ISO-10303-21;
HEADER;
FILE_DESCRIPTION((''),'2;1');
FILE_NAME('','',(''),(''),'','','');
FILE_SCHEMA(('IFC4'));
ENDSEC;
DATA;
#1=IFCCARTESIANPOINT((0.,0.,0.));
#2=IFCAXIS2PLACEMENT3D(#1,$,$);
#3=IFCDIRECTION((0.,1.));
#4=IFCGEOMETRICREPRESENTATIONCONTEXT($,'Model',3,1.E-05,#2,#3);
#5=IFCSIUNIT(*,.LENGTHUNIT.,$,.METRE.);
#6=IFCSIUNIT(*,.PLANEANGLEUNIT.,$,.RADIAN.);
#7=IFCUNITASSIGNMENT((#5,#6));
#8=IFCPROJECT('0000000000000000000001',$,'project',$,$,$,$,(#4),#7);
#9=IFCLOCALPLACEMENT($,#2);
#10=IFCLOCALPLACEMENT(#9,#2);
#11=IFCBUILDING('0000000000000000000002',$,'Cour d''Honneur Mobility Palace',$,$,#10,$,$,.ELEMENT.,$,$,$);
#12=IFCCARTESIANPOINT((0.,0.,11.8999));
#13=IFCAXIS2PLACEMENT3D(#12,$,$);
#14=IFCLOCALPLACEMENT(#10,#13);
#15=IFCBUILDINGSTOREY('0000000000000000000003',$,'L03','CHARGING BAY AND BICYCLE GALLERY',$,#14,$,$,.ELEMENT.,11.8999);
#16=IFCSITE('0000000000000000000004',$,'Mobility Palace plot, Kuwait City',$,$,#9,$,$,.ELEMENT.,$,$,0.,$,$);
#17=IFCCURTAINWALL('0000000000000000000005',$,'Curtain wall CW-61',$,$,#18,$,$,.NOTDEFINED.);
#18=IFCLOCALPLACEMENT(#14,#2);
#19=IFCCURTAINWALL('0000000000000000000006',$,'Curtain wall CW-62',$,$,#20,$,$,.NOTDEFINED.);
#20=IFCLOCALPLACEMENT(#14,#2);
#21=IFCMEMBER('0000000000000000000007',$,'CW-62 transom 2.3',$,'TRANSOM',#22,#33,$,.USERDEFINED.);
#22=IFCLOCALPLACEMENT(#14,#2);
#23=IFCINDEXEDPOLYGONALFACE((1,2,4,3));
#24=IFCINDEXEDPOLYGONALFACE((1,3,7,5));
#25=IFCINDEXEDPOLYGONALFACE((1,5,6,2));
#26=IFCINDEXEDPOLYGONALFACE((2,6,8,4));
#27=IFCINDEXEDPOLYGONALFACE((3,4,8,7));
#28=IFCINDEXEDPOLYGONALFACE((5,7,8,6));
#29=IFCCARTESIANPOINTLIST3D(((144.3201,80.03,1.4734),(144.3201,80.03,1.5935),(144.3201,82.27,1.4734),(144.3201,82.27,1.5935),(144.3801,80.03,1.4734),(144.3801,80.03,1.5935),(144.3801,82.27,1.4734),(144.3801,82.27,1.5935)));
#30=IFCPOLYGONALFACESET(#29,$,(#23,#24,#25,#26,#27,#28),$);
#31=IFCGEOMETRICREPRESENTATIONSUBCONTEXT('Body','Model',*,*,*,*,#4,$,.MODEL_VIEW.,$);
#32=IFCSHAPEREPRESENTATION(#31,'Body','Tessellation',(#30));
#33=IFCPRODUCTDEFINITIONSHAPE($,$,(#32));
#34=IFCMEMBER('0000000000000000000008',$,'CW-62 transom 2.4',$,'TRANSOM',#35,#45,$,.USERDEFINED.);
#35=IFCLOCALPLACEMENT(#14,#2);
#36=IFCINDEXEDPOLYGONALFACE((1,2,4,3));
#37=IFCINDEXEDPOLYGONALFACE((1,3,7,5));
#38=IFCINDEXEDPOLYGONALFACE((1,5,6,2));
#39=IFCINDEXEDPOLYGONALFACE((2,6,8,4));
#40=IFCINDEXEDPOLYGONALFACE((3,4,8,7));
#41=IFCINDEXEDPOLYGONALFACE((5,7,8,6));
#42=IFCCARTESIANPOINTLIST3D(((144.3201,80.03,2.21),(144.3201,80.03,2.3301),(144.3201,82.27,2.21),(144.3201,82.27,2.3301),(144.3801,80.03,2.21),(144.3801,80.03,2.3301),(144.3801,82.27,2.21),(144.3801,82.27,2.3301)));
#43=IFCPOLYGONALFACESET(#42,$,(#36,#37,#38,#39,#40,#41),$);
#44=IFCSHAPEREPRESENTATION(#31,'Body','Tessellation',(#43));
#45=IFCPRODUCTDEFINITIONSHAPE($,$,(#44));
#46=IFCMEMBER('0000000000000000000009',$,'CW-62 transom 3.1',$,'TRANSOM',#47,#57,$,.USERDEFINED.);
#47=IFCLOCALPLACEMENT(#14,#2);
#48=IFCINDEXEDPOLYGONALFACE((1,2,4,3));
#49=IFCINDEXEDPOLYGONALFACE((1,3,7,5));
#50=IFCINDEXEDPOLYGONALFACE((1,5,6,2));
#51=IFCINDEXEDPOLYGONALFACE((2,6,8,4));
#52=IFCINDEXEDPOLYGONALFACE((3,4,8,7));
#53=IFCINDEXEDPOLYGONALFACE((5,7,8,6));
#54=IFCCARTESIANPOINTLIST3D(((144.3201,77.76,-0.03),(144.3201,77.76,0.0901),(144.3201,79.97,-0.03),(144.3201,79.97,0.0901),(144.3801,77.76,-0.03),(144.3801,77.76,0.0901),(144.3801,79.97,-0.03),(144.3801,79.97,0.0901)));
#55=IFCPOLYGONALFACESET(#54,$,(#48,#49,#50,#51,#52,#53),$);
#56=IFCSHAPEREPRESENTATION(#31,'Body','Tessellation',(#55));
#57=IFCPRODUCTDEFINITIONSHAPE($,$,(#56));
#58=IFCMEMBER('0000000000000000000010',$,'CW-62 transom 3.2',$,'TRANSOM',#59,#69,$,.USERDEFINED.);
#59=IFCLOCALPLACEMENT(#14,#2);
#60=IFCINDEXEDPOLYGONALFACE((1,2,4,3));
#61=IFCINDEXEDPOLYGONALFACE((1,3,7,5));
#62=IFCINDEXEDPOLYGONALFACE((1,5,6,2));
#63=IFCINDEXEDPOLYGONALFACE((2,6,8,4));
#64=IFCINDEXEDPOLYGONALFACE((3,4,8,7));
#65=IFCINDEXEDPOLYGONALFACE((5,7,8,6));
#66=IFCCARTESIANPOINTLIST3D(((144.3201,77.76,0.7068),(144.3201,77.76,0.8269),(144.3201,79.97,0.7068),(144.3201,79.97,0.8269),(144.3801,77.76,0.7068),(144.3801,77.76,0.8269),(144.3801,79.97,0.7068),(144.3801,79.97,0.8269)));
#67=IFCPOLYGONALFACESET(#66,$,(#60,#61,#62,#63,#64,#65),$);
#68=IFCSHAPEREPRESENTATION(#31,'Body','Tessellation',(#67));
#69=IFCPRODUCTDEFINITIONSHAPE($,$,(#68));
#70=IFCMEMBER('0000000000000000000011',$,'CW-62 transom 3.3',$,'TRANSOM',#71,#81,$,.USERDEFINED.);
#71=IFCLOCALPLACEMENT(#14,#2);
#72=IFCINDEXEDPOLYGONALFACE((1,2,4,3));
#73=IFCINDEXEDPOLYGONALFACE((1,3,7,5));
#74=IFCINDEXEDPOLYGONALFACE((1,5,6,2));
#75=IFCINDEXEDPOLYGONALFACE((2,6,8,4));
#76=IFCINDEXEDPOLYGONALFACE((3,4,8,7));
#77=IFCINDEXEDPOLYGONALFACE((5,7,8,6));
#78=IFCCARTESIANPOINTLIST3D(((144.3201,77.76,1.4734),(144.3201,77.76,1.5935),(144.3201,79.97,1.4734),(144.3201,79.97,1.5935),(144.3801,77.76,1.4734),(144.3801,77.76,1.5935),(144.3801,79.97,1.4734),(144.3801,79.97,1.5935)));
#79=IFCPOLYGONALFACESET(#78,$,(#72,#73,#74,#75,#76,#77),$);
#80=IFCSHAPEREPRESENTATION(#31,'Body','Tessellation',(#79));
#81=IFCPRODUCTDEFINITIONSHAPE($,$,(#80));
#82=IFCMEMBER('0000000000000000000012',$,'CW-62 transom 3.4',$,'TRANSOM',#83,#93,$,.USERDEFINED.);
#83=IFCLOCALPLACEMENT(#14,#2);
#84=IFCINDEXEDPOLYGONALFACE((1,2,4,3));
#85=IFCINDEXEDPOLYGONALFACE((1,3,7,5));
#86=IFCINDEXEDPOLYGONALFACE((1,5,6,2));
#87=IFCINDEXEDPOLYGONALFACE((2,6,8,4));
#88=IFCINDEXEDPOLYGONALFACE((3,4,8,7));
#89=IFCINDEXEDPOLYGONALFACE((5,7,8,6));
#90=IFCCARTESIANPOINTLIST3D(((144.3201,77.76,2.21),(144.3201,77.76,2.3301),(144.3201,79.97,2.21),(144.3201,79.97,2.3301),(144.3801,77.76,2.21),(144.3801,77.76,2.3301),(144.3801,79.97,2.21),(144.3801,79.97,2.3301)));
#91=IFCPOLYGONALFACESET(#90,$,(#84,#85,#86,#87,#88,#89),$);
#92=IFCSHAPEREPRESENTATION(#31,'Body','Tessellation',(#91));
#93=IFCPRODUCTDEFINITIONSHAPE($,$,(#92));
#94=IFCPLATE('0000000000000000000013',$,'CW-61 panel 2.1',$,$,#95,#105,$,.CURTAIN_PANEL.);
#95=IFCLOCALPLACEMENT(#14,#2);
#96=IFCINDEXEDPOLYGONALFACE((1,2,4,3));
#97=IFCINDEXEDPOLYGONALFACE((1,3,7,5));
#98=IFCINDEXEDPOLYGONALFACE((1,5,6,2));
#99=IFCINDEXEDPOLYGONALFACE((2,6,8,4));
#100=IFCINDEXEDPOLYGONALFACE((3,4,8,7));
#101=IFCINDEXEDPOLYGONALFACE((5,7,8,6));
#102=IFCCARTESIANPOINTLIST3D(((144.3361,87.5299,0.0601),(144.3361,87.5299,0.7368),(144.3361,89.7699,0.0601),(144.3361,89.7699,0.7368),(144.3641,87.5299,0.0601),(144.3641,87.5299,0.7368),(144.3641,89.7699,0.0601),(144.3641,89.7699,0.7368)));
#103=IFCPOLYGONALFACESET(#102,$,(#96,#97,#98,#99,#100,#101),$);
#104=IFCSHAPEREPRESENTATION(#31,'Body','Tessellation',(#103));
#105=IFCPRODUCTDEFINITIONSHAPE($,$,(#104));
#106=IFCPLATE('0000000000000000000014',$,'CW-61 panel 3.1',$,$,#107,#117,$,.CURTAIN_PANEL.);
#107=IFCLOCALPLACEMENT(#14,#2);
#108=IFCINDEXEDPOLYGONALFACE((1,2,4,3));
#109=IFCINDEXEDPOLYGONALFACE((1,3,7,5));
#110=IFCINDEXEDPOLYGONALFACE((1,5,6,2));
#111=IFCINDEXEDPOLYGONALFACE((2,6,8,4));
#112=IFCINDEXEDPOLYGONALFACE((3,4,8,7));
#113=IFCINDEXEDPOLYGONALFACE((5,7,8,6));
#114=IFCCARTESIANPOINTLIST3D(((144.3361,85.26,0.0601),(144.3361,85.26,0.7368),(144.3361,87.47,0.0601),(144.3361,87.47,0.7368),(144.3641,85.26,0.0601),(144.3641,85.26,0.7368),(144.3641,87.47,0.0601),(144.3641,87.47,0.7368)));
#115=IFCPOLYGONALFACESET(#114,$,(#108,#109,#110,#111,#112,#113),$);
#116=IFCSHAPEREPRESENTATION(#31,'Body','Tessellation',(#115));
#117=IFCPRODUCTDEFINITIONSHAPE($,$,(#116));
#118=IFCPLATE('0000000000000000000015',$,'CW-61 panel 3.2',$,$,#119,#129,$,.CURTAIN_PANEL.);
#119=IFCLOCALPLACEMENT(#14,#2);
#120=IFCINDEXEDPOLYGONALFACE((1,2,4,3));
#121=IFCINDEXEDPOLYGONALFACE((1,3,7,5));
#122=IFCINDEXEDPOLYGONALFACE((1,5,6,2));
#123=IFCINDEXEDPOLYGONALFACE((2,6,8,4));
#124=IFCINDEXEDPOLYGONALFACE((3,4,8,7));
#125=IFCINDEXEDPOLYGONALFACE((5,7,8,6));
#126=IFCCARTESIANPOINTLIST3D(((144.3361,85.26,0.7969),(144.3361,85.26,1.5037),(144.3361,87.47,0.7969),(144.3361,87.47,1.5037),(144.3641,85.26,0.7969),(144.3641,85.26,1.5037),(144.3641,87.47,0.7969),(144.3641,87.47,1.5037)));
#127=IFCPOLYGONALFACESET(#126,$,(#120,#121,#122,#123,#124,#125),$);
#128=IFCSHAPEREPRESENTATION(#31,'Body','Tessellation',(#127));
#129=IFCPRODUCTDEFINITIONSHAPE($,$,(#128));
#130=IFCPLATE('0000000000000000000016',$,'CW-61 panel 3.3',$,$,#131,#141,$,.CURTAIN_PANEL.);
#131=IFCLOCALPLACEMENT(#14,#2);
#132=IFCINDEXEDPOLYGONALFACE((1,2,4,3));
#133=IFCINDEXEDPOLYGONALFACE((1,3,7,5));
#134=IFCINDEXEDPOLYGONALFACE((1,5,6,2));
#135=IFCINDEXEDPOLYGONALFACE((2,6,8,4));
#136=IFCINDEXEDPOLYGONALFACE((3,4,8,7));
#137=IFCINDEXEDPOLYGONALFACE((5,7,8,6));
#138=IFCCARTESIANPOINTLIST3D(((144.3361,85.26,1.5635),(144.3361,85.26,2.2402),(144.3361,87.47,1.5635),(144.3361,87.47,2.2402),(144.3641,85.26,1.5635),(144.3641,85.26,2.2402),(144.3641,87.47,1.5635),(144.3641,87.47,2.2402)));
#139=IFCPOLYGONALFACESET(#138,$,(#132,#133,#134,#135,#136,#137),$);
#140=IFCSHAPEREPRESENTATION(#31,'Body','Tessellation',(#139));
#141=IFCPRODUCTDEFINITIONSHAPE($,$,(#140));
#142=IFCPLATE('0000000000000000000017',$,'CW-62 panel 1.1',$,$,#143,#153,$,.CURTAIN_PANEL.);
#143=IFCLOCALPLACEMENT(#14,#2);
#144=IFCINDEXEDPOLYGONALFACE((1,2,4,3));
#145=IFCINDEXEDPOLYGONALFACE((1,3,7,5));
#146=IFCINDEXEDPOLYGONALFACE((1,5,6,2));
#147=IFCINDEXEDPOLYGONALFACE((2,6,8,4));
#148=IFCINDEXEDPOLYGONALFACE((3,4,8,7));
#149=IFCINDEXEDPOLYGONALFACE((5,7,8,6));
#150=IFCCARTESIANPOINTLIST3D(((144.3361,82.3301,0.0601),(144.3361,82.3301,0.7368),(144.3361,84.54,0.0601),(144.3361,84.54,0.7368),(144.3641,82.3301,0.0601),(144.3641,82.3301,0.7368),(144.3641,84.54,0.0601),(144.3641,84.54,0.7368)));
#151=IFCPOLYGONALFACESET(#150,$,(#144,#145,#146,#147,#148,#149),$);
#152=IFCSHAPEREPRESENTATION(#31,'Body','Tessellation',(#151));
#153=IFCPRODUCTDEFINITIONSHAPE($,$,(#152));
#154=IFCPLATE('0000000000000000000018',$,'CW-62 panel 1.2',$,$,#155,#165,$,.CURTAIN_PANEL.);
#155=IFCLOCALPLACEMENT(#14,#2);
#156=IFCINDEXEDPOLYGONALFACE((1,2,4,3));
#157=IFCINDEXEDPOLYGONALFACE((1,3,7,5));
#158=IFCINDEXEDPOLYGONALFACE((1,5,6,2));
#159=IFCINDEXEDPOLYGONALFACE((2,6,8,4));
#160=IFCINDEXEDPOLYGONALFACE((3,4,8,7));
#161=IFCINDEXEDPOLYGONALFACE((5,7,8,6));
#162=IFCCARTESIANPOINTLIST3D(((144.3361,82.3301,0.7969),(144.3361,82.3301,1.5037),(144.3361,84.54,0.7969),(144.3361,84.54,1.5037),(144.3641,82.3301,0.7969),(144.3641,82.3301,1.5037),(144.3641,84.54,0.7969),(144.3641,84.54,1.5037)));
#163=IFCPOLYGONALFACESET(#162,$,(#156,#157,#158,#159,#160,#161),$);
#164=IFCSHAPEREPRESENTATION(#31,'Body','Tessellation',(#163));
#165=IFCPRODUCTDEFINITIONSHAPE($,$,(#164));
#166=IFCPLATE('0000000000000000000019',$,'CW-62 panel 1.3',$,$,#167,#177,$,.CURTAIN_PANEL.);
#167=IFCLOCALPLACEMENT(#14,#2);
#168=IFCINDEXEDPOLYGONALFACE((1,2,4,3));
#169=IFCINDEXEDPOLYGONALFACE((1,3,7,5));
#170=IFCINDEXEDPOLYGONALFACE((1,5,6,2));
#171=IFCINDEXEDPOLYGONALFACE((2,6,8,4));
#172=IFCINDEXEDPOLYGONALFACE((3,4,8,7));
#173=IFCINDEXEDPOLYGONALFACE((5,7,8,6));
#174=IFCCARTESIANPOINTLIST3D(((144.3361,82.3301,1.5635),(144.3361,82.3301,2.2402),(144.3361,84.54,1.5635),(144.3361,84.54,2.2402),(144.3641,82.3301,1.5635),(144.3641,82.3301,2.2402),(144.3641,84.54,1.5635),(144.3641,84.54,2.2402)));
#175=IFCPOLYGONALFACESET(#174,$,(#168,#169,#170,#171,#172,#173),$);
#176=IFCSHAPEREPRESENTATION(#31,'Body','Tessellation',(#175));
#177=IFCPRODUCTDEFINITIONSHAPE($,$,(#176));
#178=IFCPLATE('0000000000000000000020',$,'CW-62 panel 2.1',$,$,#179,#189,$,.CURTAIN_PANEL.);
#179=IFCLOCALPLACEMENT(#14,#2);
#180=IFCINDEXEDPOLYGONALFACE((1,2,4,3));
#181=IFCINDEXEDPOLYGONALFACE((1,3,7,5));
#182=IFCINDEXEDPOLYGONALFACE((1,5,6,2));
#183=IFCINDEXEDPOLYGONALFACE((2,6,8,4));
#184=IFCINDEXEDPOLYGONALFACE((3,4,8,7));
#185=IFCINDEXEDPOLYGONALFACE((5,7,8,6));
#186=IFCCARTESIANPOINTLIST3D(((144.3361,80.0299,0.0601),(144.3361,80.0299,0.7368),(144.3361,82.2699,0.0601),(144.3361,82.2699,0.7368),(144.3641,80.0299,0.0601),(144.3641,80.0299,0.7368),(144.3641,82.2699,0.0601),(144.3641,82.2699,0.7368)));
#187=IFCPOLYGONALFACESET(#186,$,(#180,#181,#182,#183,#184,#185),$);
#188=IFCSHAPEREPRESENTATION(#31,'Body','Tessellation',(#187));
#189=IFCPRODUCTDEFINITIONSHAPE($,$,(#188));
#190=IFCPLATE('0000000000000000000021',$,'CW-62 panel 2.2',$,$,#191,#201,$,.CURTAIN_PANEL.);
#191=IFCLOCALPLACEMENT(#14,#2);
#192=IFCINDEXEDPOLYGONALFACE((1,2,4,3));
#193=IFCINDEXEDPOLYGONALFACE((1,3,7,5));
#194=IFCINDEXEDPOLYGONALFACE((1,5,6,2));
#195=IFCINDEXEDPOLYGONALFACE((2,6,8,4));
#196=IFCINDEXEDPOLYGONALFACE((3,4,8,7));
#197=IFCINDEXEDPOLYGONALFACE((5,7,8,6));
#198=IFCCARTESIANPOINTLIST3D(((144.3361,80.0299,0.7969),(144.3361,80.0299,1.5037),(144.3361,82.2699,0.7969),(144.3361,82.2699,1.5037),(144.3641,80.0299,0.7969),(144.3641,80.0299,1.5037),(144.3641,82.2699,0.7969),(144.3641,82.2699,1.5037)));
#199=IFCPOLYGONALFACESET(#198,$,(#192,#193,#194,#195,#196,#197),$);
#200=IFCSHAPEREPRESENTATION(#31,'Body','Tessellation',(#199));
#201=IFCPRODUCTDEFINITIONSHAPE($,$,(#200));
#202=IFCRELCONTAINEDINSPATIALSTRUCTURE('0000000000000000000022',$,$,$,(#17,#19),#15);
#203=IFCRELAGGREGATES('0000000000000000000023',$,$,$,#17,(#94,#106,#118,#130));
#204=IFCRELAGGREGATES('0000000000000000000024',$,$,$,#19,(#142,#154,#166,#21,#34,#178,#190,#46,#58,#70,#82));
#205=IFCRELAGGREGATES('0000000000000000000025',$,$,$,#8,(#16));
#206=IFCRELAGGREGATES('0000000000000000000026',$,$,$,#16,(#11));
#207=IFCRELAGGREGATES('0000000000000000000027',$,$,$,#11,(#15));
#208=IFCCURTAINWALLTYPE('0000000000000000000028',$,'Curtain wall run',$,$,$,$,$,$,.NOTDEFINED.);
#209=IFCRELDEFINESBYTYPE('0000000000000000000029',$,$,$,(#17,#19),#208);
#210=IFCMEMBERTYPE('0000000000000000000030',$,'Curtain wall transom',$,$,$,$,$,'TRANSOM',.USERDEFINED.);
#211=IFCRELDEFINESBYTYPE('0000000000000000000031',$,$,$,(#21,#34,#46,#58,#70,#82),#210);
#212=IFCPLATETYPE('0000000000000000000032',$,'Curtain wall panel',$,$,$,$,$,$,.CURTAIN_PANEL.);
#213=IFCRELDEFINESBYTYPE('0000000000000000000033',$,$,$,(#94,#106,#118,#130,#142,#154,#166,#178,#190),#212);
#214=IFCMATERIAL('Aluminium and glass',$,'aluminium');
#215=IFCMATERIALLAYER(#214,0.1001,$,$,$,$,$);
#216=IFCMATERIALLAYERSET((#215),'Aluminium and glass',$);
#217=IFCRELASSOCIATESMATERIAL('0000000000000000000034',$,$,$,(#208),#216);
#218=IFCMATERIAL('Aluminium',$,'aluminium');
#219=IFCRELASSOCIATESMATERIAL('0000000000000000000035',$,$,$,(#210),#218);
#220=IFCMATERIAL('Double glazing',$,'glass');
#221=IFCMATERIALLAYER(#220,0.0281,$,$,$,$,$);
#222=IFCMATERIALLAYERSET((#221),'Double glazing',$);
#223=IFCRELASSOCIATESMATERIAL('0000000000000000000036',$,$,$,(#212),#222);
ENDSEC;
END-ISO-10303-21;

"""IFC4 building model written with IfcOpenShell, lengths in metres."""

from ifc_helpers import new_model, si_unit, direction, frame, origin, origin_2d, place, context, subcontext, project, spatial, rectangle, extrude, material, layer, layer_set, material_profile, profile_set, type_object, element, aggregate, save


model = new_model("IFC4")

# Units and contexts
model_context = context("Model", 3, precision=1e-05, world=origin(), true_north=direction((0.0, 1.0)))
body_context = subcontext(model_context, "Body", "Model", "MODEL_VIEW")
ifc_project = project(units=[si_unit("LENGTHUNIT", "METRE"), si_unit("PLANEANGLEUNIT", "RADIAN")], contexts=[model_context])

# Site, building, storey
site_placement = place(None, origin())
site = spatial("IfcSite", under=ifc_project, at=site_placement, Name="Mobility Palace plot, Kuwait City", CompositionType="ELEMENT", RefElevation=0.0)
building_placement = place(site_placement, origin())
building = spatial("IfcBuilding", under=site, at=building_placement, Name="Cour d'Honneur Mobility Palace", CompositionType="ELEMENT")
storey_placement = place(building_placement, frame((0.0, 0.0, 11.8999)))
storey = spatial("IfcBuildingStorey", under=building, at=storey_placement, Name="L03", Description="CHARGING BAY AND BICYCLE GALLERY", CompositionType="ELEMENT", Elevation=11.8999)

# Curtain walls
ifc_material_1 = material(Name="Aluminium and glass", Category="aluminium")
ifc_layer_1 = layer(ifc_material_1, 0.1001)
ifc_layer_set_1 = layer_set([ifc_layer_1], Name="Aluminium and glass")
curtain_wall_type = type_object("IfcCurtainWallType", Name="Curtain wall run", PredefinedType="NOTDEFINED", material=ifc_layer_set_1)
curtain_wall_1_placement = place(storey_placement, origin())
curtain_wall_1 = element("IfcCurtainWall", 1, at=curtain_wall_1_placement, inside=storey, type_object=curtain_wall_type, Name="Curtain wall CW-61", PredefinedType="NOTDEFINED")
curtain_wall_2_placement = place(storey_placement, origin())
curtain_wall_2 = element("IfcCurtainWall", 2, at=curtain_wall_2_placement, inside=storey, type_object=curtain_wall_type, Name="Curtain wall CW-62", PredefinedType="NOTDEFINED")

# Members
ifc_material_2 = material(Name="Aluminium", Category="aluminium")
ifc_material_profile_1 = material_profile(ifc_material_2, rectangle(XDim=0.0601, YDim=0.1201, at=origin_2d()), Name="Curtain wall transom")
ifc_profile_set_1 = profile_set([ifc_material_profile_1], Name="Aluminium")
member_type_1 = type_object("IfcMemberType", Name="Curtain wall transom", ElementType="TRANSOM", PredefinedType="USERDEFINED", material=ifc_profile_set_1)
member_1_placement = place(storey_placement, frame((144.3501, 82.27, 1.5334), z_axis=(0.0, -1.0, 0.0), x_axis=(1.0, 0.0, 0.0)))
member_1 = element("IfcMember", 3, at=member_1_placement, type_object=member_type_1, Name="CW-62 transom 2.3", ObjectType="TRANSOM", PredefinedType="USERDEFINED", context=body_context, shape_type="SweptSolid", body=[
    extrude(rectangle(XDim=0.0601, YDim=0.1201, at=origin_2d()), origin(), (0.0, 0.0, 1.0), 2.24),
])
member_2_placement = place(storey_placement, frame((144.3501, 82.27, 2.27), z_axis=(0.0, -1.0, 0.0), x_axis=(1.0, 0.0, 0.0)))
member_2 = element("IfcMember", 4, at=member_2_placement, type_object=member_type_1, Name="CW-62 transom 2.4", ObjectType="TRANSOM", PredefinedType="USERDEFINED", context=body_context, shape_type="SweptSolid", body=[
    extrude(rectangle(XDim=0.0601, YDim=0.1201, at=origin_2d()), origin(), (0.0, 0.0, 1.0), 2.24),
])
member_3_placement = place(storey_placement, frame((144.3501, 79.97, 0.03), z_axis=(0.0, -1.0, 0.0), x_axis=(1.0, 0.0, 0.0)))
member_3 = element("IfcMember", 5, at=member_3_placement, type_object=member_type_1, Name="CW-62 transom 3.1", ObjectType="TRANSOM", PredefinedType="USERDEFINED", context=body_context, shape_type="SweptSolid", body=[
    extrude(rectangle(XDim=0.0601, YDim=0.1201, at=origin_2d()), origin(), (0.0, 0.0, 1.0), 2.21),
])
member_4_placement = place(storey_placement, frame((144.3501, 79.97, 0.7668), z_axis=(0.0, -1.0, 0.0), x_axis=(1.0, 0.0, 0.0)))
member_4 = element("IfcMember", 6, at=member_4_placement, type_object=member_type_1, Name="CW-62 transom 3.2", ObjectType="TRANSOM", PredefinedType="USERDEFINED", context=body_context, shape_type="SweptSolid", body=[
    extrude(rectangle(XDim=0.0601, YDim=0.1201, at=origin_2d()), origin(), (0.0, 0.0, 1.0), 2.21),
])
member_5_placement = place(storey_placement, frame((144.3501, 79.97, 1.5334), z_axis=(0.0, -1.0, 0.0), x_axis=(1.0, 0.0, 0.0)))
member_5 = element("IfcMember", 7, at=member_5_placement, type_object=member_type_1, Name="CW-62 transom 3.3", ObjectType="TRANSOM", PredefinedType="USERDEFINED", context=body_context, shape_type="SweptSolid", body=[
    extrude(rectangle(XDim=0.0601, YDim=0.1201, at=origin_2d()), origin(), (0.0, 0.0, 1.0), 2.21),
])
member_6_placement = place(storey_placement, frame((144.3501, 79.97, 2.27), z_axis=(0.0, -1.0, 0.0), x_axis=(1.0, 0.0, 0.0)))
member_6 = element("IfcMember", 8, at=member_6_placement, type_object=member_type_1, Name="CW-62 transom 3.4", ObjectType="TRANSOM", PredefinedType="USERDEFINED", context=body_context, shape_type="SweptSolid", body=[
    extrude(rectangle(XDim=0.0601, YDim=0.1201, at=origin_2d()), origin(), (0.0, 0.0, 1.0), 2.21),
])

# Plates
ifc_material_3 = material(Name="Double glazing", Category="glass")
ifc_layer_2 = layer(ifc_material_3, 0.0281)
ifc_layer_set_2 = layer_set([ifc_layer_2], Name="Double glazing")
plate_type = type_object("IfcPlateType", Name="Curtain wall panel", PredefinedType="CURTAIN_PANEL", material=ifc_layer_set_2)
plate_1_placement = place(storey_placement, frame((144.3501, 88.6499, 0.0601), z_axis=(0.0, 0.0, 1.0), x_axis=(0.0, -1.0, 0.0)))
plate_1 = element("IfcPlate", 9, at=plate_1_placement, type_object=plate_type, Name="CW-61 panel 2.1", PredefinedType="CURTAIN_PANEL", context=body_context, shape_type="SweptSolid", body=[
    extrude(rectangle(XDim=2.24, YDim=0.0281, at=origin_2d()), origin(), (0.0, 0.0, 1.0), 0.6768),
])
plate_2_placement = place(storey_placement, frame((144.3501, 86.365, 0.0601), z_axis=(0.0, 0.0, 1.0), x_axis=(0.0, -1.0, 0.0)))
plate_2 = element("IfcPlate", 10, at=plate_2_placement, type_object=plate_type, Name="CW-61 panel 3.1", PredefinedType="CURTAIN_PANEL", context=body_context, shape_type="SweptSolid", body=[
    extrude(rectangle(XDim=2.21, YDim=0.0281, at=origin_2d()), origin(), (0.0, 0.0, 1.0), 0.6768),
])
plate_3_placement = place(storey_placement, frame((144.3501, 86.365, 0.7969), z_axis=(0.0, 0.0, 1.0), x_axis=(0.0, -1.0, 0.0)))
plate_3 = element("IfcPlate", 11, at=plate_3_placement, type_object=plate_type, Name="CW-61 panel 3.2", PredefinedType="CURTAIN_PANEL", context=body_context, shape_type="SweptSolid", body=[
    extrude(rectangle(XDim=2.21, YDim=0.0281, at=origin_2d()), origin(), (0.0, 0.0, 1.0), 0.7068),
])
plate_4_placement = place(storey_placement, frame((144.3501, 86.365, 1.5635), z_axis=(0.0, 0.0, 1.0), x_axis=(0.0, -1.0, 0.0)))
plate_4 = element("IfcPlate", 12, at=plate_4_placement, type_object=plate_type, Name="CW-61 panel 3.3", PredefinedType="CURTAIN_PANEL", context=body_context, shape_type="SweptSolid", body=[
    extrude(rectangle(XDim=2.21, YDim=0.0281, at=origin_2d()), origin(), (0.0, 0.0, 1.0), 0.6768),
])
aggregate(curtain_wall_1, [plate_1, plate_2, plate_3, plate_4])
plate_5_placement = place(storey_placement, frame((144.3501, 83.4351, 0.0601), z_axis=(0.0, 0.0, 1.0), x_axis=(0.0, -1.0, 0.0)))
plate_5 = element("IfcPlate", 13, at=plate_5_placement, type_object=plate_type, Name="CW-62 panel 1.1", PredefinedType="CURTAIN_PANEL", context=body_context, shape_type="SweptSolid", body=[
    extrude(rectangle(XDim=2.21, YDim=0.0281, at=origin_2d()), origin(), (0.0, 0.0, 1.0), 0.6768),
])
plate_6_placement = place(storey_placement, frame((144.3501, 83.4351, 0.7969), z_axis=(0.0, 0.0, 1.0), x_axis=(0.0, -1.0, 0.0)))
plate_6 = element("IfcPlate", 14, at=plate_6_placement, type_object=plate_type, Name="CW-62 panel 1.2", PredefinedType="CURTAIN_PANEL", context=body_context, shape_type="SweptSolid", body=[
    extrude(rectangle(XDim=2.21, YDim=0.0281, at=origin_2d()), origin(), (0.0, 0.0, 1.0), 0.7068),
])
plate_7_placement = place(storey_placement, frame((144.3501, 83.4351, 1.5635), z_axis=(0.0, 0.0, 1.0), x_axis=(0.0, -1.0, 0.0)))
plate_7 = element("IfcPlate", 15, at=plate_7_placement, type_object=plate_type, Name="CW-62 panel 1.3", PredefinedType="CURTAIN_PANEL", context=body_context, shape_type="SweptSolid", body=[
    extrude(rectangle(XDim=2.21, YDim=0.0281, at=origin_2d()), origin(), (0.0, 0.0, 1.0), 0.6768),
])
plate_8_placement = place(storey_placement, frame((144.3501, 81.1499, 0.0601), z_axis=(0.0, 0.0, 1.0), x_axis=(0.0, -1.0, 0.0)))
plate_8 = element("IfcPlate", 16, at=plate_8_placement, type_object=plate_type, Name="CW-62 panel 2.1", PredefinedType="CURTAIN_PANEL", context=body_context, shape_type="SweptSolid", body=[
    extrude(rectangle(XDim=2.24, YDim=0.0281, at=origin_2d()), origin(), (0.0, 0.0, 1.0), 0.6768),
])
plate_9_placement = place(storey_placement, frame((144.3501, 81.1499, 0.7969), z_axis=(0.0, 0.0, 1.0), x_axis=(0.0, -1.0, 0.0)))
plate_9 = element("IfcPlate", 17, at=plate_9_placement, type_object=plate_type, Name="CW-62 panel 2.2", PredefinedType="CURTAIN_PANEL", context=body_context, shape_type="SweptSolid", body=[
    extrude(rectangle(XDim=2.24, YDim=0.0281, at=origin_2d()), origin(), (0.0, 0.0, 1.0), 0.7068),
])
aggregate(curtain_wall_2, [plate_5, plate_6, plate_7, member_1, member_2, plate_8, plate_9, member_3, member_4, member_5, member_6])

save(model, "model.ifc")
